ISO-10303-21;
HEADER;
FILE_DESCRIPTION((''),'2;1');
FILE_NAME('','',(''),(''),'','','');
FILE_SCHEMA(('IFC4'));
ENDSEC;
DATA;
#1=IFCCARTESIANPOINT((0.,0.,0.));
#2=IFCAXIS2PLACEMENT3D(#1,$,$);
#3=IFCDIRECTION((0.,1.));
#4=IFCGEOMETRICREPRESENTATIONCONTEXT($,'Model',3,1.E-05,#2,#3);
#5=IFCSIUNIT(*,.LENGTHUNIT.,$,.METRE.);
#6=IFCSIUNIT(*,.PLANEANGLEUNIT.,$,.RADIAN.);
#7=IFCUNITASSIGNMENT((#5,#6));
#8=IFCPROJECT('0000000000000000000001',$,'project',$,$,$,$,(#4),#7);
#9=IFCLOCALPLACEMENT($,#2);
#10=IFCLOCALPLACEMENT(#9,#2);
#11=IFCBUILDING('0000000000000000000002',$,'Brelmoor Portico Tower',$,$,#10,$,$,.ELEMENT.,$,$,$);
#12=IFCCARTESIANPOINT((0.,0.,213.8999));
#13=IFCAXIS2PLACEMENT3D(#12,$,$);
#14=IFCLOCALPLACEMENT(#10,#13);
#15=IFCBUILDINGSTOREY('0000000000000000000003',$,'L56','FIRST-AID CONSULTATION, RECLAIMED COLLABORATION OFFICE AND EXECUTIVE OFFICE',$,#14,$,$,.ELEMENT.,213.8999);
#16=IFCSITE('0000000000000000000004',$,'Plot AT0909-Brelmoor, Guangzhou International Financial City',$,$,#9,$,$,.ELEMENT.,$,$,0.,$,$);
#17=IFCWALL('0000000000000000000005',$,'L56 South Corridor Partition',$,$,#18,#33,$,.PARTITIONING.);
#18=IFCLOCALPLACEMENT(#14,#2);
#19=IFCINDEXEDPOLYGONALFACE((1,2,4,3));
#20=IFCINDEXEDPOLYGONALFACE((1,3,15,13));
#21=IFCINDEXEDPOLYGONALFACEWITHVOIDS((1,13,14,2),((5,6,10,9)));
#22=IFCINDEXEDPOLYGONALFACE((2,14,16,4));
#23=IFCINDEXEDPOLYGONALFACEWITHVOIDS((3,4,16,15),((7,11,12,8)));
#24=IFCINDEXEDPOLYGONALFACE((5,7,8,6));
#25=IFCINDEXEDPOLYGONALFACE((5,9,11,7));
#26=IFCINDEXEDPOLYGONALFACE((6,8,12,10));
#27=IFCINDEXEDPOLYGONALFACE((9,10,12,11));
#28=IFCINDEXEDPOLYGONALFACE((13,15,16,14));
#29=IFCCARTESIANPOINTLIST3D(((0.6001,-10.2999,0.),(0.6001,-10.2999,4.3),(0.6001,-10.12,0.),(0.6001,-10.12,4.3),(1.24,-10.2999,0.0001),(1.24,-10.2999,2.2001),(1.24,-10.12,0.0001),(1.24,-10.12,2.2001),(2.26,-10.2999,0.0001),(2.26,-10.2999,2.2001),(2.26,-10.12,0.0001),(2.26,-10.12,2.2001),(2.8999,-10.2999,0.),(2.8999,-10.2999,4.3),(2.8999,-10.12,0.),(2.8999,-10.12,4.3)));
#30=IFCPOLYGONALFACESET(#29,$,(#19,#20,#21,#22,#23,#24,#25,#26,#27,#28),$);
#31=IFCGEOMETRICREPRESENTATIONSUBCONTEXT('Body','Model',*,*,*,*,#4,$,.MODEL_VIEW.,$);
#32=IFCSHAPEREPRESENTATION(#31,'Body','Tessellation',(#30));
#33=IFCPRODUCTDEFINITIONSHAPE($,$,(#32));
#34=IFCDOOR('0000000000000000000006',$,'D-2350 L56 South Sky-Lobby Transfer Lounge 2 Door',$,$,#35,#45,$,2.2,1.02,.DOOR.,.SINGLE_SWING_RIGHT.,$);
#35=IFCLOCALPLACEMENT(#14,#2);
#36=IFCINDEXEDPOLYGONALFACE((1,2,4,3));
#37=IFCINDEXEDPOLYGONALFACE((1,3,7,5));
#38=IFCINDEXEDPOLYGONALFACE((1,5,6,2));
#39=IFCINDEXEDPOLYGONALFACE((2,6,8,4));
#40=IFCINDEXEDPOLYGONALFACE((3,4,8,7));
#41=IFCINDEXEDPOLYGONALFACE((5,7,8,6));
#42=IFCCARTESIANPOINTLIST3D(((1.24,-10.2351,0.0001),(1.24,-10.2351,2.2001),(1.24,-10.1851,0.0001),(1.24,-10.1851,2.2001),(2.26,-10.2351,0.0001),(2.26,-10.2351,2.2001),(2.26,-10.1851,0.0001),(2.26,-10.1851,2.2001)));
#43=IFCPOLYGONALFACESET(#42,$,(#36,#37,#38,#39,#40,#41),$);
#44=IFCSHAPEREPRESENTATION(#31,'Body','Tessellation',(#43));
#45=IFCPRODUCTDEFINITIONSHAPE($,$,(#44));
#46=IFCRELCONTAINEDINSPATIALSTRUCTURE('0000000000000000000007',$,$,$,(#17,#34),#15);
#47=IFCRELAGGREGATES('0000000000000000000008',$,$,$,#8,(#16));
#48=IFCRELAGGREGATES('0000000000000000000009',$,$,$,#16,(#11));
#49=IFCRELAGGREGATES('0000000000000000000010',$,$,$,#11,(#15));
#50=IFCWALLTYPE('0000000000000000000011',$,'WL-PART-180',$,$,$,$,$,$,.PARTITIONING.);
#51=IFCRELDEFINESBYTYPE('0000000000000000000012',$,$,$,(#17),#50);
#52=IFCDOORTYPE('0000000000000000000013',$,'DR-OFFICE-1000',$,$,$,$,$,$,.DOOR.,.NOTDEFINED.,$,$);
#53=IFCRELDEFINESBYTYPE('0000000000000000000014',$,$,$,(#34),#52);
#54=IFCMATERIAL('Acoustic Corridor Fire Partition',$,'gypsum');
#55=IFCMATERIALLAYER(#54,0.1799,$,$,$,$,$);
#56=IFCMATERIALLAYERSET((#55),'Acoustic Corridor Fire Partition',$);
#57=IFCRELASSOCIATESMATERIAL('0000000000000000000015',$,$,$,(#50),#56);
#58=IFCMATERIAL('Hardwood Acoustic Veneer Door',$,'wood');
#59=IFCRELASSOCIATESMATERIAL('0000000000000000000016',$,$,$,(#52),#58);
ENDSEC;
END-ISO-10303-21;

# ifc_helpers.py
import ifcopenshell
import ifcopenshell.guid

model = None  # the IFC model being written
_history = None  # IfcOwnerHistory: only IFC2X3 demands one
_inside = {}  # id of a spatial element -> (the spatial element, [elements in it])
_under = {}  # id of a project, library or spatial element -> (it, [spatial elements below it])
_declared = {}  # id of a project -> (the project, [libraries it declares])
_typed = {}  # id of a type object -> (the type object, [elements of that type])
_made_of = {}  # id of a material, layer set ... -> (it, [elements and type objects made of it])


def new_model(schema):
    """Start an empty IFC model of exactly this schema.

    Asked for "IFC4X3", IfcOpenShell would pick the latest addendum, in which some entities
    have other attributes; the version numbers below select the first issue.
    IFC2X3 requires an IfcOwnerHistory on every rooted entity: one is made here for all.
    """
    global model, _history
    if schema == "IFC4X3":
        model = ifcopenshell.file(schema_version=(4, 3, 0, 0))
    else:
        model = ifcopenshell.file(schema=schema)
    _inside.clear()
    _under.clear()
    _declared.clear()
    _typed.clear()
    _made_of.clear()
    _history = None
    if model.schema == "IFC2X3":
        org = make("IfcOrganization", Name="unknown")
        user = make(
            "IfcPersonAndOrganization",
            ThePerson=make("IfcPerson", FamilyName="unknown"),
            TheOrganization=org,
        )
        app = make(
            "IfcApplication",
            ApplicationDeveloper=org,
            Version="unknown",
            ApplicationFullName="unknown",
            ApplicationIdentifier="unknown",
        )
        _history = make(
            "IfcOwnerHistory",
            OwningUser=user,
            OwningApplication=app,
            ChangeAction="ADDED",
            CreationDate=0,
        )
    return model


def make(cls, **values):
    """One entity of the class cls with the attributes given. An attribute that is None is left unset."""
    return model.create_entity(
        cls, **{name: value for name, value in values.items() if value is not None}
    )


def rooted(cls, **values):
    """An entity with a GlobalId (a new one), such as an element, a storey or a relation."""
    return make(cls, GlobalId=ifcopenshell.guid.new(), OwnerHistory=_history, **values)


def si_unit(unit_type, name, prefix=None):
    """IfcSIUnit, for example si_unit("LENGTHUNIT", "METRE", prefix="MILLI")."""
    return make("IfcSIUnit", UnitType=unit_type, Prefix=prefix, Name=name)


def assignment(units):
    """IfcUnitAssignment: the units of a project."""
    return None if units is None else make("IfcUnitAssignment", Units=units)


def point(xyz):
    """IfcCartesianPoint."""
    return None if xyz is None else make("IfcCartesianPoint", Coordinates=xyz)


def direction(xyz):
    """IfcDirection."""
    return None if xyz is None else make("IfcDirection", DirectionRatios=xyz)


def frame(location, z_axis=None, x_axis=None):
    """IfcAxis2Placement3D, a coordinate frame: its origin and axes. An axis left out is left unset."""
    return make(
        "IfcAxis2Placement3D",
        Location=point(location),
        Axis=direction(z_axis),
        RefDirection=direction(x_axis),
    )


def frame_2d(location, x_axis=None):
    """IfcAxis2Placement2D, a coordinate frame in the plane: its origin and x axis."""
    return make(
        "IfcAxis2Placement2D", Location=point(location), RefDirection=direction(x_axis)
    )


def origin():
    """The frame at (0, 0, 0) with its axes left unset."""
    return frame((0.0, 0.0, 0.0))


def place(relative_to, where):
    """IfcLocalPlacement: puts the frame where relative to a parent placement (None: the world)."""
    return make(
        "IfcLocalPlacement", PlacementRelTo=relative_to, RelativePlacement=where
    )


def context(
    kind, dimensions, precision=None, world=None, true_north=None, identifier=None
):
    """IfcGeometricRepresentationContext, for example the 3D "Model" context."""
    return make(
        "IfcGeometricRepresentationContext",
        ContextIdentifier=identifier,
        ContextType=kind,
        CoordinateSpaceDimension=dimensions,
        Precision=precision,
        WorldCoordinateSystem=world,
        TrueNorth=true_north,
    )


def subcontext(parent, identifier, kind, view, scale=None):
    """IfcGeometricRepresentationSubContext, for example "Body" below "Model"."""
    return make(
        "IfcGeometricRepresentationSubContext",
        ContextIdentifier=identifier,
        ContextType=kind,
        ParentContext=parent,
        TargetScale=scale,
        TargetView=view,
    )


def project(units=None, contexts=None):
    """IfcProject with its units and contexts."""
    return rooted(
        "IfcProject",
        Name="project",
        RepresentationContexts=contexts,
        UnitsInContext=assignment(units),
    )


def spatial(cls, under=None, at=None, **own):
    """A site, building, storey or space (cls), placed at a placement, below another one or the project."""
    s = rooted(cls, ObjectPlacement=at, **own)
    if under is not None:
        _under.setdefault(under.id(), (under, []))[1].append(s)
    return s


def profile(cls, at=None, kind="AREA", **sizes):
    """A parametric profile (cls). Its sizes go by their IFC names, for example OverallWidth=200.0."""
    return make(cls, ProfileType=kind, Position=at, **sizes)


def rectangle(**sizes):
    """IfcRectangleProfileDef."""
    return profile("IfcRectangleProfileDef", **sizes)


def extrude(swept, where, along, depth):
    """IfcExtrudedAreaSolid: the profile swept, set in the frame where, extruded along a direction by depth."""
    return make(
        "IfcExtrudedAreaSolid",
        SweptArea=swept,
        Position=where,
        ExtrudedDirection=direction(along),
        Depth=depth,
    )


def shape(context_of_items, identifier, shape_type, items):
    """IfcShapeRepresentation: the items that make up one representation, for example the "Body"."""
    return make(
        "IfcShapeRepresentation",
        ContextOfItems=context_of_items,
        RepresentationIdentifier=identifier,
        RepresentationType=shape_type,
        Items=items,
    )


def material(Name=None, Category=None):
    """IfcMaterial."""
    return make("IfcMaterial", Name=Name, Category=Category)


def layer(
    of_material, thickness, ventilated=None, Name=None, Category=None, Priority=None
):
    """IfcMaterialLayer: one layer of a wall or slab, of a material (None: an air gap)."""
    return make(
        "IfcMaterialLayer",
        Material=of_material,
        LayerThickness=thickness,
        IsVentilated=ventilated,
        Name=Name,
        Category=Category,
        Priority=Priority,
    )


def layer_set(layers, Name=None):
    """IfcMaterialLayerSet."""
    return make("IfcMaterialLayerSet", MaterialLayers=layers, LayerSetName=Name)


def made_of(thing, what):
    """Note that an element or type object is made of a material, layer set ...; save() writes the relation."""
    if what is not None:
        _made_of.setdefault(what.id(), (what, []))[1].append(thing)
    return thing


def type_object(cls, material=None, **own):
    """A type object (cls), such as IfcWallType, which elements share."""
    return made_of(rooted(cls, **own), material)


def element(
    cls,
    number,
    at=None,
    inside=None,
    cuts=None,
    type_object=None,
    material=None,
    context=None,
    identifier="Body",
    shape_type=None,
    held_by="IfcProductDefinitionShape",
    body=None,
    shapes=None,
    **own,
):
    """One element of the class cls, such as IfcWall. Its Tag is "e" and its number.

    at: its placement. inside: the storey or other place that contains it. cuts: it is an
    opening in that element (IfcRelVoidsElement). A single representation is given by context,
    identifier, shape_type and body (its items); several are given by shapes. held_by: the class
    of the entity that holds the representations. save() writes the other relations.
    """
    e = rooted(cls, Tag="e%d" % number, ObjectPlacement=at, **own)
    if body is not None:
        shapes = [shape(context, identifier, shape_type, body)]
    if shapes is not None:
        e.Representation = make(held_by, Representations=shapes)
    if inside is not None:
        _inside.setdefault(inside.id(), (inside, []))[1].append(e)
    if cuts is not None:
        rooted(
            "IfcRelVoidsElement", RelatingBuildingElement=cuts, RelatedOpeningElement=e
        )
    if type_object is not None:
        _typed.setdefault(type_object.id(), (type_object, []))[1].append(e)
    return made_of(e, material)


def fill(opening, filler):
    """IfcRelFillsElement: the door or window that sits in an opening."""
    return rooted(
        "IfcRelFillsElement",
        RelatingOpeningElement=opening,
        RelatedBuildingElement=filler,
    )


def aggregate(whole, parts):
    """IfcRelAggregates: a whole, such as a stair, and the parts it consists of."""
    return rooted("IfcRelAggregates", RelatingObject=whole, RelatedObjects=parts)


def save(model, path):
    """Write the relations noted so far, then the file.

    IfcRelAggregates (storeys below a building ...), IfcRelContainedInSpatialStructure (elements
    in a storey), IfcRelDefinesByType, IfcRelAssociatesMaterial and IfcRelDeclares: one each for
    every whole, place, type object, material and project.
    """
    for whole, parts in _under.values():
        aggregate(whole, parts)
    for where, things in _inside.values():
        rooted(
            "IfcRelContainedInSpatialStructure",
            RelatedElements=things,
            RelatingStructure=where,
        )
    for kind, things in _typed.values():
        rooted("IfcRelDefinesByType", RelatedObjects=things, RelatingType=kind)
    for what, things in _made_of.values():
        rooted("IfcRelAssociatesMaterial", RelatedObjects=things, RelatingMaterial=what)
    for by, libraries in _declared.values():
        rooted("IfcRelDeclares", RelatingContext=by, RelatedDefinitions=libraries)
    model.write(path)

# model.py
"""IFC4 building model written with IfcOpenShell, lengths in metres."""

from ifc_helpers import new_model, si_unit, direction, frame, frame_2d, origin, place, context, subcontext, project, spatial, rectangle, extrude, material, layer, layer_set, type_object, element, fill, save


model = new_model("IFC4")

# Units and contexts
model_context = context("Model", 3, precision=1e-05, world=origin(), true_north=direction((0.0, 1.0)))
body_context = subcontext(model_context, "Body", "Model", "MODEL_VIEW")
ifc_project = project(units=[si_unit("LENGTHUNIT", "METRE"), si_unit("PLANEANGLEUNIT", "RADIAN")], contexts=[model_context])

# Site, building, storey
site_placement = place(None, origin())
site = spatial("IfcSite", under=ifc_project, at=site_placement, Name="Plot AT0909-Brelmoor, Guangzhou International Financial City", CompositionType="ELEMENT", RefElevation=0.0)
building_placement = place(site_placement, origin())
building = spatial("IfcBuilding", under=site, at=building_placement, Name="Brelmoor Portico Tower", CompositionType="ELEMENT")
storey_placement = place(building_placement, frame((0.0, 0.0, 213.8999)))
storey = spatial("IfcBuildingStorey", under=building, at=storey_placement, Name="L56", Description="FIRST-AID CONSULTATION, RECLAIMED COLLABORATION OFFICE AND EXECUTIVE OFFICE", CompositionType="ELEMENT", Elevation=213.8999)

# Wall, opening, door
ifc_material_1 = material(Name="Acoustic Corridor Fire Partition", Category="gypsum")
ifc_layer_1 = layer(ifc_material_1, 0.1799)
ifc_layer_set_1 = layer_set([ifc_layer_1], Name="Acoustic Corridor Fire Partition")
wall_type = type_object("IfcWallType", Name="WL-PART-180", PredefinedType="PARTITIONING", material=ifc_layer_set_1)
wall_1_placement = place(storey_placement, frame((0.6001, -10.21, 0.0), z_axis=(0.0, 0.0, 1.0), x_axis=(1.0, 0.0, 0.0)))
wall_1 = element("IfcWall", 1, at=wall_1_placement, inside=storey, type_object=wall_type, Name="L56 South Corridor Partition", PredefinedType="PARTITIONING", context=body_context, shape_type="SweptSolid", body=[
    extrude(rectangle(XDim=2.2998, YDim=0.1799, at=frame_2d((1.1499, 0.0))), origin(), (0.0, 0.0, 1.0), 4.3),
])
opening_1_placement = place(wall_1_placement, frame((0.6399, 0.0, 0.0)))
opening_1 = element("IfcOpeningElement", 2, at=opening_1_placement, cuts=wall_1, PredefinedType="OPENING", context=body_context, shape_type="SweptSolid", body=[
    extrude(rectangle(XDim=1.02, YDim=2.2, at=frame_2d((0.51, 1.1001))), frame((0.0, 0.0999, 0.0), z_axis=(0.0, -1.0, 0.0), x_axis=(1.0, 0.0, 0.0)), (0.0, 0.0, 1.0), 0.2),
])
ifc_material_2 = material(Name="Hardwood Acoustic Veneer Door", Category="wood")
door_type_1 = type_object("IfcDoorType", Name="DR-OFFICE-1000", OperationType="NOTDEFINED", PredefinedType="DOOR", material=ifc_material_2)
door_1_placement = place(opening_1_placement, origin())
door_1 = element("IfcDoor", 3, at=door_1_placement, inside=storey, type_object=door_type_1, Name="D-2350 L56 South Sky-Lobby Transfer Lounge 2 Door", OperationType="SINGLE_SWING_RIGHT", OverallHeight=2.2, OverallWidth=1.02, PredefinedType="DOOR", context=body_context, shape_type="SweptSolid", body=[
    extrude(rectangle(XDim=1.02, YDim=2.2, at=frame_2d((0.51, 1.1001))), frame((0.0, 0.0249, 0.0), z_axis=(0.0, -1.0, 0.0), x_axis=(1.0, 0.0, 0.0)), (0.0, 0.0, 1.0), 0.05),
])
fill(opening_1, door_1)

save(model, "model.ifc")
